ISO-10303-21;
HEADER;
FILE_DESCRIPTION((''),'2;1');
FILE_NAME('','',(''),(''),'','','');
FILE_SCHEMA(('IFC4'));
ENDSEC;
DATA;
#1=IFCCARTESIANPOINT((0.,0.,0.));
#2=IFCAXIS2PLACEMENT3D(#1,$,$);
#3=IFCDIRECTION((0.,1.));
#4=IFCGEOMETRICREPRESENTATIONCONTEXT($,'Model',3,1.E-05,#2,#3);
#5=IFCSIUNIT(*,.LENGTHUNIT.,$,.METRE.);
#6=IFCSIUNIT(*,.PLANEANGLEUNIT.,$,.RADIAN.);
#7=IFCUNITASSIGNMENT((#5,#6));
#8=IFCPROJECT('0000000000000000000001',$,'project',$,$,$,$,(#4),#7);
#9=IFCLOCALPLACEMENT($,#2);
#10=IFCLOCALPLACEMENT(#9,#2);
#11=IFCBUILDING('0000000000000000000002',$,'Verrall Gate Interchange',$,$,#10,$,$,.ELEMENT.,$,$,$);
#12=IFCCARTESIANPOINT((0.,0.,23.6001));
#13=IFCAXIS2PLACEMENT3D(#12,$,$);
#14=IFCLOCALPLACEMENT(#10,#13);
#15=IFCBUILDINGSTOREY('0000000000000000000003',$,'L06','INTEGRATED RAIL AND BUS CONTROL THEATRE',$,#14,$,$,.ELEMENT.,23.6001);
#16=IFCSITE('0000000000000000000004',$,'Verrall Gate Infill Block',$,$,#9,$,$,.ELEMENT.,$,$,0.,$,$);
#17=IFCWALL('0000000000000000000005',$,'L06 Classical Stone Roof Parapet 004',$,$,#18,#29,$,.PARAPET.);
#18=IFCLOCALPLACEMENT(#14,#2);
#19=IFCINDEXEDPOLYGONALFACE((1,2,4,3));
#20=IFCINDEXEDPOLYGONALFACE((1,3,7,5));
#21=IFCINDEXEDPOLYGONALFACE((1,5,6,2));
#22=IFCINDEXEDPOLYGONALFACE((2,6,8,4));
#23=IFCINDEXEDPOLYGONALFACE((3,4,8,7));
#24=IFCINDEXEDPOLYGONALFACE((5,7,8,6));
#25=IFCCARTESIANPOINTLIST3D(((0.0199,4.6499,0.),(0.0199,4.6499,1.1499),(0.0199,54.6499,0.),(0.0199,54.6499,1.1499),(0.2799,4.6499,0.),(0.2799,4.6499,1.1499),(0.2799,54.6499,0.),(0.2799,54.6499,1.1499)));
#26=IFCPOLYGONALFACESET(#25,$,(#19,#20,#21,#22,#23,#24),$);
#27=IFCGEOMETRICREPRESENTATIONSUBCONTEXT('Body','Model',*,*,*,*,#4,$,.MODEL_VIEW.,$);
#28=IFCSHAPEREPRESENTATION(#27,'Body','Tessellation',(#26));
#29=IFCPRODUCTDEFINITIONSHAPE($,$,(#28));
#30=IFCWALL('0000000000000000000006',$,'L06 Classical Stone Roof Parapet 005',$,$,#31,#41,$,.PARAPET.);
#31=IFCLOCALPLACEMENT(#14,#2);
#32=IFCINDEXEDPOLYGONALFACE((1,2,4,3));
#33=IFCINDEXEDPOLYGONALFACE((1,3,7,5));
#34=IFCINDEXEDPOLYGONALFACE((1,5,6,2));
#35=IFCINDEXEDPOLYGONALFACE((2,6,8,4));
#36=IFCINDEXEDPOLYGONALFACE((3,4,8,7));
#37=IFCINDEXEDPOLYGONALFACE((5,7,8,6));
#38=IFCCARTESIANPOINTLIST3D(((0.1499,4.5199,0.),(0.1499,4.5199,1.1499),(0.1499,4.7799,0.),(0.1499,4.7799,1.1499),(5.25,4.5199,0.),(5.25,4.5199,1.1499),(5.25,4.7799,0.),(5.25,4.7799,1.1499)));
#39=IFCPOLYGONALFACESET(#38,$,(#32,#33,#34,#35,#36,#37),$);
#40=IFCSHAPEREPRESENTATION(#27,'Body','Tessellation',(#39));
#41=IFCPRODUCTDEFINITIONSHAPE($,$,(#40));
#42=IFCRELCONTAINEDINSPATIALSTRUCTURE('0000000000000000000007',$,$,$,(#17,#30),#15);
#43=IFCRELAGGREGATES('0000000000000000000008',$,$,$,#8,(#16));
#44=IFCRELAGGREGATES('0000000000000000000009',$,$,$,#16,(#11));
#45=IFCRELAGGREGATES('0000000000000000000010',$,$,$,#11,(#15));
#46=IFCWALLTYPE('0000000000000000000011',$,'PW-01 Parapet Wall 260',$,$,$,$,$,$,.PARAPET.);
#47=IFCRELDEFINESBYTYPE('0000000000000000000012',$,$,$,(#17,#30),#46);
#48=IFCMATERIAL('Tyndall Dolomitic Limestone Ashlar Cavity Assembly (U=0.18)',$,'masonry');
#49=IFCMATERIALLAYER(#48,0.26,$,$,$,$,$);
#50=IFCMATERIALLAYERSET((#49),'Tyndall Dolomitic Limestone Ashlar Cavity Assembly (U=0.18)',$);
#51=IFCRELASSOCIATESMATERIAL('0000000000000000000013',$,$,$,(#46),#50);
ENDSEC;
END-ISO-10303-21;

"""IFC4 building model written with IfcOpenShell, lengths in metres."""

from ifc_helpers import new_model, si_unit, direction, frame, frame_2d, origin, place, context, subcontext, project, spatial, rectangle, extrude, material, layer, layer_set, type_object, element, save


model = new_model("IFC4")

# Units and contexts
model_context = context("Model", 3, precision=1e-05, world=origin(), true_north=direction((0.0, 1.0)))
body_context = subcontext(model_context, "Body", "Model", "MODEL_VIEW")
ifc_project = project(units=[si_unit("LENGTHUNIT", "METRE"), si_unit("PLANEANGLEUNIT", "RADIAN")], contexts=[model_context])

# Site, building, storey
site_placement = place(None, origin())
site = spatial("IfcSite", under=ifc_project, at=site_placement, Name="Verrall Gate Infill Block", CompositionType="ELEMENT", RefElevation=0.0)
building_placement = place(site_placement, origin())
building = spatial("IfcBuilding", under=site, at=building_placement, Name="Verrall Gate Interchange", CompositionType="ELEMENT")
storey_placement = place(building_placement, frame((0.0, 0.0, 23.6001)))
storey = spatial("IfcBuildingStorey", under=building, at=storey_placement, Name="L06", Description="INTEGRATED RAIL AND BUS CONTROL THEATRE", CompositionType="ELEMENT", Elevation=23.6001)

# Walls
ifc_material_1 = material(Name="Tyndall Dolomitic Limestone Ashlar Cavity Assembly (U=0.18)", Category="masonry")
ifc_layer_1 = layer(ifc_material_1, 0.26)
ifc_layer_set_1 = layer_set([ifc_layer_1], Name="Tyndall Dolomitic Limestone Ashlar Cavity Assembly (U=0.18)")
wall_type = type_object("IfcWallType", Name="PW-01 Parapet Wall 260", PredefinedType="PARAPET", material=ifc_layer_set_1)
wall_1_placement = place(storey_placement, frame((0.1499, 4.6499, 0.0), z_axis=(0.0, 0.0, 1.0), x_axis=(0.0, 1.0, 0.0)))
element("IfcWall", 1, at=wall_1_placement, inside=storey, type_object=wall_type, Name="L06 Classical Stone Roof Parapet 004", PredefinedType="PARAPET", context=body_context, shape_type="SweptSolid", body=[
    extrude(rectangle(XDim=50.0, YDim=0.26, at=frame_2d((25.0, 0.0))), origin(), (0.0, 0.0, 1.0), 1.1499),
])
wall_2_placement = place(storey_placement, frame((0.1499, 4.6499, 0.0), z_axis=(0.0, 0.0, 1.0), x_axis=(1.0, 0.0, 0.0)))
element("IfcWall", 2, at=wall_2_placement, inside=storey, type_object=wall_type, Name="L06 Classical Stone Roof Parapet 005", PredefinedType="PARAPET", context=body_context, shape_type="SweptSolid", body=[
    extrude(rectangle(XDim=5.1001, YDim=0.26, at=frame_2d((2.55, 0.0))), origin(), (0.0, 0.0, 1.0), 1.1499),
])

save(model, "model.ifc")
